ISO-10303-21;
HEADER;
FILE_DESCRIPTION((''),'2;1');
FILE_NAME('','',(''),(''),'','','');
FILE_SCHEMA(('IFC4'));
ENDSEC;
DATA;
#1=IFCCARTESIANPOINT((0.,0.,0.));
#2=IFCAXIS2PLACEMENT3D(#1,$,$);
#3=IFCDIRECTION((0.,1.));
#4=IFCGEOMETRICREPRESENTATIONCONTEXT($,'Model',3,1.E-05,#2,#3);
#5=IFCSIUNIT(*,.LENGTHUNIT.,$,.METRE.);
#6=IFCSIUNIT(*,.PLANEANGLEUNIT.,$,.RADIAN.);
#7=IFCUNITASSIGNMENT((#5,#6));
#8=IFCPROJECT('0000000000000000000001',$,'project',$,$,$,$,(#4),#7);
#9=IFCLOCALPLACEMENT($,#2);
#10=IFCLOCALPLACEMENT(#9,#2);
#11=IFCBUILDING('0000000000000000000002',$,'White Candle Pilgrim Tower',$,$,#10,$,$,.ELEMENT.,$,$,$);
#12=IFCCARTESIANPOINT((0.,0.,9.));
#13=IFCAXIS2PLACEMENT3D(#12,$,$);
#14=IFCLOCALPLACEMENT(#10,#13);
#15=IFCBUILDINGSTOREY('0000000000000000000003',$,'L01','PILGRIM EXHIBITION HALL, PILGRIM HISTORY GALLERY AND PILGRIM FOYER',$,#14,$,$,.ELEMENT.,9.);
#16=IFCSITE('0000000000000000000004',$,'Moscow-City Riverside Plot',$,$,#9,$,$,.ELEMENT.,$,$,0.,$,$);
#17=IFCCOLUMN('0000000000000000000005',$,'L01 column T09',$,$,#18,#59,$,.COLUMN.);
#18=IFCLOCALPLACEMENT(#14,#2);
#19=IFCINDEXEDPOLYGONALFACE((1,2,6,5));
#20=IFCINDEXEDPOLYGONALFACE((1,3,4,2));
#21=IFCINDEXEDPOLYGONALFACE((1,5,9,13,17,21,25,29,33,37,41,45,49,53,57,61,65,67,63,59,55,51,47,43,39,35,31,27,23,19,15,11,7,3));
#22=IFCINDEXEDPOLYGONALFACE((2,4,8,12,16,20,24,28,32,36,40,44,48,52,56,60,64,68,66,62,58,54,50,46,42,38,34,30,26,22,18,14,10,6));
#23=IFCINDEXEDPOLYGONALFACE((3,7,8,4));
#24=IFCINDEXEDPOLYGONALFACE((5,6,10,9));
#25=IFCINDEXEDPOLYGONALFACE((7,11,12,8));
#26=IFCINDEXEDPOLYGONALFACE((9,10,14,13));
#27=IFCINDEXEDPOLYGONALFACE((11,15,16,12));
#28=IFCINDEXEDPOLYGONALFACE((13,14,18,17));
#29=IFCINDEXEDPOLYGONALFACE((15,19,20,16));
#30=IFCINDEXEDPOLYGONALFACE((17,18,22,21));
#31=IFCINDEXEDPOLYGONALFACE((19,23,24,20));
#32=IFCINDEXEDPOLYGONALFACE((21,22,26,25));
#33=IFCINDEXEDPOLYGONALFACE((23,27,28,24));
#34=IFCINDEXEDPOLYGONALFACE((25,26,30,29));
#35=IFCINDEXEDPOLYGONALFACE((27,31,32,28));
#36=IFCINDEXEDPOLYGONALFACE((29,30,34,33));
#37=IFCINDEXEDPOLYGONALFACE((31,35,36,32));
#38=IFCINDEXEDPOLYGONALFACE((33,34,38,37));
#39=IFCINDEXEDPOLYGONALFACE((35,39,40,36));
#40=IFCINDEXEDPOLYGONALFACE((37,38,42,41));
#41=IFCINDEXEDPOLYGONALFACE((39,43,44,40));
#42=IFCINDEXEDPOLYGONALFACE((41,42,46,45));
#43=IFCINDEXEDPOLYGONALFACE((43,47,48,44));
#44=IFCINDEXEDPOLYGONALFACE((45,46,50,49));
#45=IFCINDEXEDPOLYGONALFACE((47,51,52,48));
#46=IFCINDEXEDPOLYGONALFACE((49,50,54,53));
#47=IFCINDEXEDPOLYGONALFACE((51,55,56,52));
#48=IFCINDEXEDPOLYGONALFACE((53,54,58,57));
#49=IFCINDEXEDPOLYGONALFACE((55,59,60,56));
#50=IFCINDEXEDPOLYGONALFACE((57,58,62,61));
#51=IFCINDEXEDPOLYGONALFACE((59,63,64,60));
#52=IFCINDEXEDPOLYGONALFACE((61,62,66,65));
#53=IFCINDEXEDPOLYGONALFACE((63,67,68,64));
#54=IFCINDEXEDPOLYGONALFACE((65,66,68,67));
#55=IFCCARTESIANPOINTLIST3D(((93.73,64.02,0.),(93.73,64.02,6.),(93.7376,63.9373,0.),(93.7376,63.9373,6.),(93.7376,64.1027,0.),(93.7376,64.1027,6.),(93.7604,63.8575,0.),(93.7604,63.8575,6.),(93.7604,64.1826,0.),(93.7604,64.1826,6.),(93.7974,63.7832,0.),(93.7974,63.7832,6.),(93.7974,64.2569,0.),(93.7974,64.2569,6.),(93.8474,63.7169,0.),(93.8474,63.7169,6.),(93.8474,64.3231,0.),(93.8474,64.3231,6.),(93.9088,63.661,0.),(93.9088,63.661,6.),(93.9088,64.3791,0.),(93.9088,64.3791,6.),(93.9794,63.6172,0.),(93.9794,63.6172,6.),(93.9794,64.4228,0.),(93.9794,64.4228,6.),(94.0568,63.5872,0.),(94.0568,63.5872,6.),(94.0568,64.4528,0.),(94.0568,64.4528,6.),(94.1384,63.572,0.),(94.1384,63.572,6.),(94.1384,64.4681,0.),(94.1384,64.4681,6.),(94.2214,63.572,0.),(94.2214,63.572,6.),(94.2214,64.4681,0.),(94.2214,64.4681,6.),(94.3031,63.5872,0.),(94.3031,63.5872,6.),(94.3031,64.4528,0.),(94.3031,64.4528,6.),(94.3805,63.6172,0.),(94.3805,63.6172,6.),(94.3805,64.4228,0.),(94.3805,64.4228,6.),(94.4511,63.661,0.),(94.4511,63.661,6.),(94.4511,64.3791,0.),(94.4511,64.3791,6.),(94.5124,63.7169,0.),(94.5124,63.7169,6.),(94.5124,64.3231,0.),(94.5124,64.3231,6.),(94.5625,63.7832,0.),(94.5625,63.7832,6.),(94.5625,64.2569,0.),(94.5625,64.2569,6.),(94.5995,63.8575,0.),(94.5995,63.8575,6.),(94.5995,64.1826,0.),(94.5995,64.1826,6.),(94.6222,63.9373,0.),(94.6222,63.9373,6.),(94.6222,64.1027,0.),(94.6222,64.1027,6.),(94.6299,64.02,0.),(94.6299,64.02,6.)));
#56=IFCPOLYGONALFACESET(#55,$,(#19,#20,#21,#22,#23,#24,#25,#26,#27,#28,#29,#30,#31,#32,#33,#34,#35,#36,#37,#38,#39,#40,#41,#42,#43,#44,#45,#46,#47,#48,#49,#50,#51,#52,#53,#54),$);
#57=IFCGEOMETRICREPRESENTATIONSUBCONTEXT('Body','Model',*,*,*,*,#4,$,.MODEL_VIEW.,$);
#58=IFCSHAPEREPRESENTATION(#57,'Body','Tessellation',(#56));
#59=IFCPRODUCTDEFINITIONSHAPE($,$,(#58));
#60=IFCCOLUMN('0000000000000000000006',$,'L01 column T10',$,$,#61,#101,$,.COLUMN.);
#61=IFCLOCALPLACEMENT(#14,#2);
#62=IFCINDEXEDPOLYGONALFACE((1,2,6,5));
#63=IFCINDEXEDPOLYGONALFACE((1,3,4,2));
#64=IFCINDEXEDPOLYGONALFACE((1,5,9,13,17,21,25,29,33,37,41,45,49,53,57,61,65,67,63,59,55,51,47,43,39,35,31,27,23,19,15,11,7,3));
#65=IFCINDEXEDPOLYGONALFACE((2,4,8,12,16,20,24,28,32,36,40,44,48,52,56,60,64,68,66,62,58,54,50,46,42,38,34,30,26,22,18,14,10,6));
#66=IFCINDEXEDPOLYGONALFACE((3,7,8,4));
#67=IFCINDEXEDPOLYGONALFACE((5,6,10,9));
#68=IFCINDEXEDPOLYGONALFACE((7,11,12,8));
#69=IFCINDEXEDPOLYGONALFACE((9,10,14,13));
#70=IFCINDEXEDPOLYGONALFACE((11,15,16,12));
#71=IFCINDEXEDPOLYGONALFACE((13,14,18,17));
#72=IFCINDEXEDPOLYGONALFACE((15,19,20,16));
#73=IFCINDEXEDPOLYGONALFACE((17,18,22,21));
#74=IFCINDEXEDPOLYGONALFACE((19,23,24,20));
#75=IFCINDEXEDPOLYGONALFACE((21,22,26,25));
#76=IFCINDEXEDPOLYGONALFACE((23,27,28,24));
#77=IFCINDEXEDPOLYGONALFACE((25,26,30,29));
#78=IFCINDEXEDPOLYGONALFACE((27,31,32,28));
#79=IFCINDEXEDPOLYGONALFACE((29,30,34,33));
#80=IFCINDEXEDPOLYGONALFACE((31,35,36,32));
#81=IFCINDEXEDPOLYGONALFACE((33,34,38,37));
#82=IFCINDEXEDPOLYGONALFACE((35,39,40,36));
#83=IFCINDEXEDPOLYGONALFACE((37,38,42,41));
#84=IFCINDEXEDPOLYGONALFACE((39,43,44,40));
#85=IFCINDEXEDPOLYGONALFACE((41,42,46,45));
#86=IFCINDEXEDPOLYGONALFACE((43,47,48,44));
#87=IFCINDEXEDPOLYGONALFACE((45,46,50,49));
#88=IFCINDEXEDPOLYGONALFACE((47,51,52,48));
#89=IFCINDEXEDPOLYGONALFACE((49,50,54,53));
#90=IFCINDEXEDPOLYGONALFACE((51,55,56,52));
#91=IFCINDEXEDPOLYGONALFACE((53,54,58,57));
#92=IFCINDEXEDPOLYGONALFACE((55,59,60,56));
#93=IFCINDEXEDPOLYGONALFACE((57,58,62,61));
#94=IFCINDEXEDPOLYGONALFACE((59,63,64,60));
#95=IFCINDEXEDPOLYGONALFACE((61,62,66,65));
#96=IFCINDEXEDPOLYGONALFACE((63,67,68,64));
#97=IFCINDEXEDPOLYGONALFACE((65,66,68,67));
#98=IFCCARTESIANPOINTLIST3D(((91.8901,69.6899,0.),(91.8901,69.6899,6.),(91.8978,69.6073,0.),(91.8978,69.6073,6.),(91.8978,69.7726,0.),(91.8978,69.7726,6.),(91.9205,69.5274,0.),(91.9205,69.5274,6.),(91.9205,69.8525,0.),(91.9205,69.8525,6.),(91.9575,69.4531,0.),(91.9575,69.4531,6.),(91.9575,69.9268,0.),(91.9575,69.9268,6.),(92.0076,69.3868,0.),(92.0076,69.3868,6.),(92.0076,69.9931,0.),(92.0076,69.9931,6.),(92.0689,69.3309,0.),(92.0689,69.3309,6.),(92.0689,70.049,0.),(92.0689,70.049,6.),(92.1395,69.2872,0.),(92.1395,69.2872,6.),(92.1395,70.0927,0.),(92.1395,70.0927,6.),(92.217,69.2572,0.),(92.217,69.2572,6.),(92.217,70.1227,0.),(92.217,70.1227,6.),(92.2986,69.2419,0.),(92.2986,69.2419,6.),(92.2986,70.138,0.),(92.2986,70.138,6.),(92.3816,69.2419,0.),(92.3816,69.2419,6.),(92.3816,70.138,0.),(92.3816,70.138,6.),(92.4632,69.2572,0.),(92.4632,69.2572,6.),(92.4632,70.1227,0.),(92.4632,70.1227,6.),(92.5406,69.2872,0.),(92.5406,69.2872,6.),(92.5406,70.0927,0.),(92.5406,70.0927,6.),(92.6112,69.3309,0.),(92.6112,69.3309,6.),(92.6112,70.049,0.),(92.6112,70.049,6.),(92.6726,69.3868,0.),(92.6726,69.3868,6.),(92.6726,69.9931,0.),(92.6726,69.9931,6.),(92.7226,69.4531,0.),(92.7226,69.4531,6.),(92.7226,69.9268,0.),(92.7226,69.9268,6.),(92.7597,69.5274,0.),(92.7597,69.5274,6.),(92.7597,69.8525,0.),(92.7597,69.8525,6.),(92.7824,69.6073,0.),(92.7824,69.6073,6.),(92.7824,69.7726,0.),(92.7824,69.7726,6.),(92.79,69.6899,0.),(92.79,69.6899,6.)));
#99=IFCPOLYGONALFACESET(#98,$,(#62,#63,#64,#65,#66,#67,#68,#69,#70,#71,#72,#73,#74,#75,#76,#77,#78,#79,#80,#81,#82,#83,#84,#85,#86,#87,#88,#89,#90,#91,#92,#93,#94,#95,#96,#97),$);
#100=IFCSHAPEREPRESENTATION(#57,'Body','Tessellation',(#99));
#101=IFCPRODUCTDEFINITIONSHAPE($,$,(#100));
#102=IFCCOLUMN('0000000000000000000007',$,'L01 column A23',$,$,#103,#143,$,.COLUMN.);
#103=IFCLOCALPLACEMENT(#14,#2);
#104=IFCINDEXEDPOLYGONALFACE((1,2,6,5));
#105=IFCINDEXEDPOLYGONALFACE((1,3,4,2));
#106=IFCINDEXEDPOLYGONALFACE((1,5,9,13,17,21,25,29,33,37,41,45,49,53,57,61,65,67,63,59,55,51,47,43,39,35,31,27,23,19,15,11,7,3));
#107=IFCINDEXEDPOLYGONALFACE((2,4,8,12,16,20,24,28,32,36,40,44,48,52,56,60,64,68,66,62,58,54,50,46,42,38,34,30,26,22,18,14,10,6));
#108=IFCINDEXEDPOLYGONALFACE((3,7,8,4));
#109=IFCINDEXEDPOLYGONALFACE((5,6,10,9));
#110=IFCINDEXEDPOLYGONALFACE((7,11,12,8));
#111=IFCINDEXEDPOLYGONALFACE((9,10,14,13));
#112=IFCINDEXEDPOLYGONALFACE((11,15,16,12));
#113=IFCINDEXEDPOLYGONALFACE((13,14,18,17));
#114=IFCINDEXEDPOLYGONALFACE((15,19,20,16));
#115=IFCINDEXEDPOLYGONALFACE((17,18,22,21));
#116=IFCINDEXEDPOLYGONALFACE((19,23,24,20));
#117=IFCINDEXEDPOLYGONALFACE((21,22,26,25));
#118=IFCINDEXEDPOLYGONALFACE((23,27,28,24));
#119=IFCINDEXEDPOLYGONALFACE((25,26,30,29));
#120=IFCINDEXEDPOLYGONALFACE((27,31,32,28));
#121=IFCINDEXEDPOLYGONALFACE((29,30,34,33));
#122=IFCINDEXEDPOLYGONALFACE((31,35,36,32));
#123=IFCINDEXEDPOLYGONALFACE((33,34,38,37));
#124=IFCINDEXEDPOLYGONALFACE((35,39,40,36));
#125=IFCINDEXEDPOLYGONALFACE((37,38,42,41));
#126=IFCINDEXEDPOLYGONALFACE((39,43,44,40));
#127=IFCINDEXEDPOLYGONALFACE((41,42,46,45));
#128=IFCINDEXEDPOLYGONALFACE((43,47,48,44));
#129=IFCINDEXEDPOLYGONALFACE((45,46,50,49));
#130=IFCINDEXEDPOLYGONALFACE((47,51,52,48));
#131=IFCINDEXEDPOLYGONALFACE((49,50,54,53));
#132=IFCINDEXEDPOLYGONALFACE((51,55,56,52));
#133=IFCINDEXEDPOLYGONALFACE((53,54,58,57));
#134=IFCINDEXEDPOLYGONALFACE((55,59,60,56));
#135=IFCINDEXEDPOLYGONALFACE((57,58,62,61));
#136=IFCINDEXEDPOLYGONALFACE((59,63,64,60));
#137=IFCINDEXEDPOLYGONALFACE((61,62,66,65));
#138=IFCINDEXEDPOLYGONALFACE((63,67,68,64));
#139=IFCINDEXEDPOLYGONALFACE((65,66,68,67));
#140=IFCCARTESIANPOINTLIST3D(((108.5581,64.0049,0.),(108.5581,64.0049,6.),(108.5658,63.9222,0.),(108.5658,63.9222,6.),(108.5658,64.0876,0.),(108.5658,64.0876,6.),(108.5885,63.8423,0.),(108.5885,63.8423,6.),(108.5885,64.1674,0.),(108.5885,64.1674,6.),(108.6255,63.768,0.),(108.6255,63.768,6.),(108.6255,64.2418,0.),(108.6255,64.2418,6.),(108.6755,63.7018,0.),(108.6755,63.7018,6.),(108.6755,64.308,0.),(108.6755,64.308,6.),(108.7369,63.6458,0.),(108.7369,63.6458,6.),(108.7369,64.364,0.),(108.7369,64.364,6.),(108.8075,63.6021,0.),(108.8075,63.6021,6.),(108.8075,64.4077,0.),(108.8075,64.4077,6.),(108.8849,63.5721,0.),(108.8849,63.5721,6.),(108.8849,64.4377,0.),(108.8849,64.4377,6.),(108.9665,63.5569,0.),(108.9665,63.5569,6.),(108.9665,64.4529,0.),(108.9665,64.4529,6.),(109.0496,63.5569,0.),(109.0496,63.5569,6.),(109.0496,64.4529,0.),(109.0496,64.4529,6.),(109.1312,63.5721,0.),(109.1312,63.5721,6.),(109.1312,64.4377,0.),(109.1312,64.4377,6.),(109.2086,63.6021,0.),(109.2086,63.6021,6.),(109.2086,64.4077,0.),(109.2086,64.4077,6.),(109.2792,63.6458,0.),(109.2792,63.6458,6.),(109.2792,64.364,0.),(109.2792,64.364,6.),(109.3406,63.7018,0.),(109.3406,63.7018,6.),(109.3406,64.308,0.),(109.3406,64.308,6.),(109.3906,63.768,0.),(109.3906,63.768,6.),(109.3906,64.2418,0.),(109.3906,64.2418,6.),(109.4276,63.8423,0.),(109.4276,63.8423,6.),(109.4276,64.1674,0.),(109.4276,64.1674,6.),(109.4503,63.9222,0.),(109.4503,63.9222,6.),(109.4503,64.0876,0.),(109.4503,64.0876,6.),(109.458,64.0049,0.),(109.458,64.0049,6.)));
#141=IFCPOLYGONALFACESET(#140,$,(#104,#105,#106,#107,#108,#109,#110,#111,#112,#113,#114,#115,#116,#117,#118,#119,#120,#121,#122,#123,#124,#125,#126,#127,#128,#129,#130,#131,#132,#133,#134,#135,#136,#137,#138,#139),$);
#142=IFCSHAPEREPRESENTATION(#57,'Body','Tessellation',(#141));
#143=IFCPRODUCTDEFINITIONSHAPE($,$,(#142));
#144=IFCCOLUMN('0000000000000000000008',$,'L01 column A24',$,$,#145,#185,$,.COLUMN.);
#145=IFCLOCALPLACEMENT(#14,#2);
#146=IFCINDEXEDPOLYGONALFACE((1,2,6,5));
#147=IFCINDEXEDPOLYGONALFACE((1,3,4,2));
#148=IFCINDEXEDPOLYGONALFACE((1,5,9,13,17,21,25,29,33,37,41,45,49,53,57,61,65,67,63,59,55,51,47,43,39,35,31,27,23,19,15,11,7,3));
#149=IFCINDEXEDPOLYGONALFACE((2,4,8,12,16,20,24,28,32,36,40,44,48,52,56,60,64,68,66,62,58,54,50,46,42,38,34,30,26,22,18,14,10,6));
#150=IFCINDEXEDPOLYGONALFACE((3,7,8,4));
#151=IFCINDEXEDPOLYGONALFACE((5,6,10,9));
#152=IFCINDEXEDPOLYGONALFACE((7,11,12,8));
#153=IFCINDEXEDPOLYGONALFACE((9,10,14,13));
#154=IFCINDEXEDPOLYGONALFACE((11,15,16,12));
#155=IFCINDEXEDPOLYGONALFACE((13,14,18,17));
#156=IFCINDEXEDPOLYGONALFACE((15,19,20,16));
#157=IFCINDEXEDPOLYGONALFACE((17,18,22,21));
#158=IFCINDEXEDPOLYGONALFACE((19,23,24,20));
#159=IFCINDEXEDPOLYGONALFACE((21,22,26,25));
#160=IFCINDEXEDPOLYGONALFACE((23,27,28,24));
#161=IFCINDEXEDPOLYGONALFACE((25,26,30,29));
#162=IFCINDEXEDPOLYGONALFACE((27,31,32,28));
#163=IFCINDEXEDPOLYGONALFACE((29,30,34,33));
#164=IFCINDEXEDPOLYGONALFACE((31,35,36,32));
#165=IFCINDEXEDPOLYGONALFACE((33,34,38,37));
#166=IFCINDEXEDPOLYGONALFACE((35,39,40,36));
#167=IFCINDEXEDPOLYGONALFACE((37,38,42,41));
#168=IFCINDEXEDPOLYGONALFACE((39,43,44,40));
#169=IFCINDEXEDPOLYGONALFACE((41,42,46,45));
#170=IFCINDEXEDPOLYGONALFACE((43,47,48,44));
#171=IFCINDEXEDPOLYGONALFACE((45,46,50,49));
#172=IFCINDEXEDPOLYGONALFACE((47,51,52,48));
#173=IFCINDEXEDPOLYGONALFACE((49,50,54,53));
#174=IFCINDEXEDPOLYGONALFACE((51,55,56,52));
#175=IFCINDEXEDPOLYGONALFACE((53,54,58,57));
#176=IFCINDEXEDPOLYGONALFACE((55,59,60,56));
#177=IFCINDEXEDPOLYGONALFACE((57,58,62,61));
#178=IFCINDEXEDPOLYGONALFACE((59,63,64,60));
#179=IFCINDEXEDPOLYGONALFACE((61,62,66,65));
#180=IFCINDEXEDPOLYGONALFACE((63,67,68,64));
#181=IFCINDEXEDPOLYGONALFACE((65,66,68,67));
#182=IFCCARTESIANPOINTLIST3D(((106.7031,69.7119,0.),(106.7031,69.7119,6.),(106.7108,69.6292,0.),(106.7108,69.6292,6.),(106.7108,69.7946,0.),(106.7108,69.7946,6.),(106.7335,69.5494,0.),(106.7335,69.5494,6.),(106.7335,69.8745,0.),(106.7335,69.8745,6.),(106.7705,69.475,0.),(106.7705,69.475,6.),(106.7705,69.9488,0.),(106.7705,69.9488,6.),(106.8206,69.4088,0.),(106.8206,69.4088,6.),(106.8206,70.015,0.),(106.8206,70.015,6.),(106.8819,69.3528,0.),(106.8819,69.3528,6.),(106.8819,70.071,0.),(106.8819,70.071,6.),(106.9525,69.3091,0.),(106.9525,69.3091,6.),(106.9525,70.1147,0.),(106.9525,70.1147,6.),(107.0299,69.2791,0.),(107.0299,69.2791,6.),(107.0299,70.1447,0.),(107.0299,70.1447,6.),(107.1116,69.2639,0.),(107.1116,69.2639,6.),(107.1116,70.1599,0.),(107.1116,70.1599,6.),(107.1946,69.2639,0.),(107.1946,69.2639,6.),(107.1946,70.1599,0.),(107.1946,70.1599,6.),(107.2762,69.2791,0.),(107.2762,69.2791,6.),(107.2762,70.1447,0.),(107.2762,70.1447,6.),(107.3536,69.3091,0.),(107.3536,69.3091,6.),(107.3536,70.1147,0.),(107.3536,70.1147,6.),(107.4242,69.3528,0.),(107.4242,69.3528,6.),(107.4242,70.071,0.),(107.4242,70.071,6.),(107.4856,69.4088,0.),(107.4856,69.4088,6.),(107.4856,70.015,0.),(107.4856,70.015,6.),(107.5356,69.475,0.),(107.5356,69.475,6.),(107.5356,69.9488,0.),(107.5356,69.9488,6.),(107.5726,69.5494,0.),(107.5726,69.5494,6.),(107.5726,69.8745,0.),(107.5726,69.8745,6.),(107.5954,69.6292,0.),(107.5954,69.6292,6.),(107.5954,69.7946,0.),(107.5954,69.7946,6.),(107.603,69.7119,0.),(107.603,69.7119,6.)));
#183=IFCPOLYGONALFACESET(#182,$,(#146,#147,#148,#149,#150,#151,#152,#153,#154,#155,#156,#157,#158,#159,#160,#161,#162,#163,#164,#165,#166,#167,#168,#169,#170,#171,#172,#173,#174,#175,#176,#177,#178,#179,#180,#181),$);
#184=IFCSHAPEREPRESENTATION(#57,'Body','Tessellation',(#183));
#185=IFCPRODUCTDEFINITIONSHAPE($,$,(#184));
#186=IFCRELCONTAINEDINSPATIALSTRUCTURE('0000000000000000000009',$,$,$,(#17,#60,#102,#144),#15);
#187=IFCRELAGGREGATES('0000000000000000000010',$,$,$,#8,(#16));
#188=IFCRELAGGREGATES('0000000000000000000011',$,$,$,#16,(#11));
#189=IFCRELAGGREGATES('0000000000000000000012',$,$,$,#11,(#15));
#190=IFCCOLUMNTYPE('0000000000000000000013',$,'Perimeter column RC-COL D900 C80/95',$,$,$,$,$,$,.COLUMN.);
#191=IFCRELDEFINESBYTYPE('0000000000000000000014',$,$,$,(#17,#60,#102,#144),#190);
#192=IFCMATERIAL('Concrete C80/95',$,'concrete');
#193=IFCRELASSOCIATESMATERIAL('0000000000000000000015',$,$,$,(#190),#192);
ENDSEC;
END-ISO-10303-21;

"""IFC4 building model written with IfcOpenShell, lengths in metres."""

from ifc_helpers import new_model, si_unit, direction, frame, origin, origin_2d, place, context, subcontext, project, spatial, circle, extrude, material, material_profile, profile_set, type_object, element, save


model = new_model("IFC4")

# Units and contexts
model_context = context("Model", 3, precision=1e-05, world=origin(), true_north=direction((0.0, 1.0)))
body_context = subcontext(model_context, "Body", "Model", "MODEL_VIEW")
ifc_project = project(units=[si_unit("LENGTHUNIT", "METRE"), si_unit("PLANEANGLEUNIT", "RADIAN")], contexts=[model_context])

# Site, building, storey
site_placement = place(None, origin())
site = spatial("IfcSite", under=ifc_project, at=site_placement, Name="Moscow-City Riverside Plot", CompositionType="ELEMENT", RefElevation=0.0)
building_placement = place(site_placement, origin())
building = spatial("IfcBuilding", under=site, at=building_placement, Name="White Candle Pilgrim Tower", CompositionType="ELEMENT")
storey_placement = place(building_placement, frame((0.0, 0.0, 9.0)))
storey = spatial("IfcBuildingStorey", under=building, at=storey_placement, Name="L01", Description="PILGRIM EXHIBITION HALL, PILGRIM HISTORY GALLERY AND PILGRIM FOYER", CompositionType="ELEMENT", Elevation=9.0)

# Columns
ifc_material_1 = material(Name="Concrete C80/95", Category="concrete")
ifc_material_profile_1 = material_profile(ifc_material_1, circle(Radius=0.45, at=origin_2d()), Name="RC-COL D900")
ifc_profile_set_1 = profile_set([ifc_material_profile_1], Name="Concrete C80/95")
column_type = type_object("IfcColumnType", Name="Perimeter column RC-COL D900 C80/95", PredefinedType="COLUMN", material=ifc_profile_set_1)
for number, where, z_axis, x_axis, name in (
    (1, (94.1799, 64.02, 0.0), (0.0, 0.0, 1.0), (1.0, 0.0, 0.0), "L01 column T09"),
    (2, (92.3401, 69.6899, 0.0), (0.0, 0.0, 1.0), (1.0, 0.0, 0.0), "L01 column T10"),
    (3, (109.0081, 64.0049, 0.0), (0.0, 0.0, 1.0), (1.0, 0.0, 0.0), "L01 column A23"),
    (4, (107.1531, 69.7119, 0.0), (0.0, 0.0, 1.0), (1.0, 0.0, 0.0), "L01 column A24"),
):
    element("IfcColumn", number, at=place(storey_placement, frame(where, z_axis=z_axis, x_axis=x_axis)), inside=storey, type_object=column_type, Name=name, PredefinedType="COLUMN", context=body_context, shape_type="SweptSolid", body=[
        extrude(circle(Radius=0.45, at=origin_2d()), origin(), (0.0, 0.0, 1.0), 6.0),
    ])

save(model, "model.ifc")
